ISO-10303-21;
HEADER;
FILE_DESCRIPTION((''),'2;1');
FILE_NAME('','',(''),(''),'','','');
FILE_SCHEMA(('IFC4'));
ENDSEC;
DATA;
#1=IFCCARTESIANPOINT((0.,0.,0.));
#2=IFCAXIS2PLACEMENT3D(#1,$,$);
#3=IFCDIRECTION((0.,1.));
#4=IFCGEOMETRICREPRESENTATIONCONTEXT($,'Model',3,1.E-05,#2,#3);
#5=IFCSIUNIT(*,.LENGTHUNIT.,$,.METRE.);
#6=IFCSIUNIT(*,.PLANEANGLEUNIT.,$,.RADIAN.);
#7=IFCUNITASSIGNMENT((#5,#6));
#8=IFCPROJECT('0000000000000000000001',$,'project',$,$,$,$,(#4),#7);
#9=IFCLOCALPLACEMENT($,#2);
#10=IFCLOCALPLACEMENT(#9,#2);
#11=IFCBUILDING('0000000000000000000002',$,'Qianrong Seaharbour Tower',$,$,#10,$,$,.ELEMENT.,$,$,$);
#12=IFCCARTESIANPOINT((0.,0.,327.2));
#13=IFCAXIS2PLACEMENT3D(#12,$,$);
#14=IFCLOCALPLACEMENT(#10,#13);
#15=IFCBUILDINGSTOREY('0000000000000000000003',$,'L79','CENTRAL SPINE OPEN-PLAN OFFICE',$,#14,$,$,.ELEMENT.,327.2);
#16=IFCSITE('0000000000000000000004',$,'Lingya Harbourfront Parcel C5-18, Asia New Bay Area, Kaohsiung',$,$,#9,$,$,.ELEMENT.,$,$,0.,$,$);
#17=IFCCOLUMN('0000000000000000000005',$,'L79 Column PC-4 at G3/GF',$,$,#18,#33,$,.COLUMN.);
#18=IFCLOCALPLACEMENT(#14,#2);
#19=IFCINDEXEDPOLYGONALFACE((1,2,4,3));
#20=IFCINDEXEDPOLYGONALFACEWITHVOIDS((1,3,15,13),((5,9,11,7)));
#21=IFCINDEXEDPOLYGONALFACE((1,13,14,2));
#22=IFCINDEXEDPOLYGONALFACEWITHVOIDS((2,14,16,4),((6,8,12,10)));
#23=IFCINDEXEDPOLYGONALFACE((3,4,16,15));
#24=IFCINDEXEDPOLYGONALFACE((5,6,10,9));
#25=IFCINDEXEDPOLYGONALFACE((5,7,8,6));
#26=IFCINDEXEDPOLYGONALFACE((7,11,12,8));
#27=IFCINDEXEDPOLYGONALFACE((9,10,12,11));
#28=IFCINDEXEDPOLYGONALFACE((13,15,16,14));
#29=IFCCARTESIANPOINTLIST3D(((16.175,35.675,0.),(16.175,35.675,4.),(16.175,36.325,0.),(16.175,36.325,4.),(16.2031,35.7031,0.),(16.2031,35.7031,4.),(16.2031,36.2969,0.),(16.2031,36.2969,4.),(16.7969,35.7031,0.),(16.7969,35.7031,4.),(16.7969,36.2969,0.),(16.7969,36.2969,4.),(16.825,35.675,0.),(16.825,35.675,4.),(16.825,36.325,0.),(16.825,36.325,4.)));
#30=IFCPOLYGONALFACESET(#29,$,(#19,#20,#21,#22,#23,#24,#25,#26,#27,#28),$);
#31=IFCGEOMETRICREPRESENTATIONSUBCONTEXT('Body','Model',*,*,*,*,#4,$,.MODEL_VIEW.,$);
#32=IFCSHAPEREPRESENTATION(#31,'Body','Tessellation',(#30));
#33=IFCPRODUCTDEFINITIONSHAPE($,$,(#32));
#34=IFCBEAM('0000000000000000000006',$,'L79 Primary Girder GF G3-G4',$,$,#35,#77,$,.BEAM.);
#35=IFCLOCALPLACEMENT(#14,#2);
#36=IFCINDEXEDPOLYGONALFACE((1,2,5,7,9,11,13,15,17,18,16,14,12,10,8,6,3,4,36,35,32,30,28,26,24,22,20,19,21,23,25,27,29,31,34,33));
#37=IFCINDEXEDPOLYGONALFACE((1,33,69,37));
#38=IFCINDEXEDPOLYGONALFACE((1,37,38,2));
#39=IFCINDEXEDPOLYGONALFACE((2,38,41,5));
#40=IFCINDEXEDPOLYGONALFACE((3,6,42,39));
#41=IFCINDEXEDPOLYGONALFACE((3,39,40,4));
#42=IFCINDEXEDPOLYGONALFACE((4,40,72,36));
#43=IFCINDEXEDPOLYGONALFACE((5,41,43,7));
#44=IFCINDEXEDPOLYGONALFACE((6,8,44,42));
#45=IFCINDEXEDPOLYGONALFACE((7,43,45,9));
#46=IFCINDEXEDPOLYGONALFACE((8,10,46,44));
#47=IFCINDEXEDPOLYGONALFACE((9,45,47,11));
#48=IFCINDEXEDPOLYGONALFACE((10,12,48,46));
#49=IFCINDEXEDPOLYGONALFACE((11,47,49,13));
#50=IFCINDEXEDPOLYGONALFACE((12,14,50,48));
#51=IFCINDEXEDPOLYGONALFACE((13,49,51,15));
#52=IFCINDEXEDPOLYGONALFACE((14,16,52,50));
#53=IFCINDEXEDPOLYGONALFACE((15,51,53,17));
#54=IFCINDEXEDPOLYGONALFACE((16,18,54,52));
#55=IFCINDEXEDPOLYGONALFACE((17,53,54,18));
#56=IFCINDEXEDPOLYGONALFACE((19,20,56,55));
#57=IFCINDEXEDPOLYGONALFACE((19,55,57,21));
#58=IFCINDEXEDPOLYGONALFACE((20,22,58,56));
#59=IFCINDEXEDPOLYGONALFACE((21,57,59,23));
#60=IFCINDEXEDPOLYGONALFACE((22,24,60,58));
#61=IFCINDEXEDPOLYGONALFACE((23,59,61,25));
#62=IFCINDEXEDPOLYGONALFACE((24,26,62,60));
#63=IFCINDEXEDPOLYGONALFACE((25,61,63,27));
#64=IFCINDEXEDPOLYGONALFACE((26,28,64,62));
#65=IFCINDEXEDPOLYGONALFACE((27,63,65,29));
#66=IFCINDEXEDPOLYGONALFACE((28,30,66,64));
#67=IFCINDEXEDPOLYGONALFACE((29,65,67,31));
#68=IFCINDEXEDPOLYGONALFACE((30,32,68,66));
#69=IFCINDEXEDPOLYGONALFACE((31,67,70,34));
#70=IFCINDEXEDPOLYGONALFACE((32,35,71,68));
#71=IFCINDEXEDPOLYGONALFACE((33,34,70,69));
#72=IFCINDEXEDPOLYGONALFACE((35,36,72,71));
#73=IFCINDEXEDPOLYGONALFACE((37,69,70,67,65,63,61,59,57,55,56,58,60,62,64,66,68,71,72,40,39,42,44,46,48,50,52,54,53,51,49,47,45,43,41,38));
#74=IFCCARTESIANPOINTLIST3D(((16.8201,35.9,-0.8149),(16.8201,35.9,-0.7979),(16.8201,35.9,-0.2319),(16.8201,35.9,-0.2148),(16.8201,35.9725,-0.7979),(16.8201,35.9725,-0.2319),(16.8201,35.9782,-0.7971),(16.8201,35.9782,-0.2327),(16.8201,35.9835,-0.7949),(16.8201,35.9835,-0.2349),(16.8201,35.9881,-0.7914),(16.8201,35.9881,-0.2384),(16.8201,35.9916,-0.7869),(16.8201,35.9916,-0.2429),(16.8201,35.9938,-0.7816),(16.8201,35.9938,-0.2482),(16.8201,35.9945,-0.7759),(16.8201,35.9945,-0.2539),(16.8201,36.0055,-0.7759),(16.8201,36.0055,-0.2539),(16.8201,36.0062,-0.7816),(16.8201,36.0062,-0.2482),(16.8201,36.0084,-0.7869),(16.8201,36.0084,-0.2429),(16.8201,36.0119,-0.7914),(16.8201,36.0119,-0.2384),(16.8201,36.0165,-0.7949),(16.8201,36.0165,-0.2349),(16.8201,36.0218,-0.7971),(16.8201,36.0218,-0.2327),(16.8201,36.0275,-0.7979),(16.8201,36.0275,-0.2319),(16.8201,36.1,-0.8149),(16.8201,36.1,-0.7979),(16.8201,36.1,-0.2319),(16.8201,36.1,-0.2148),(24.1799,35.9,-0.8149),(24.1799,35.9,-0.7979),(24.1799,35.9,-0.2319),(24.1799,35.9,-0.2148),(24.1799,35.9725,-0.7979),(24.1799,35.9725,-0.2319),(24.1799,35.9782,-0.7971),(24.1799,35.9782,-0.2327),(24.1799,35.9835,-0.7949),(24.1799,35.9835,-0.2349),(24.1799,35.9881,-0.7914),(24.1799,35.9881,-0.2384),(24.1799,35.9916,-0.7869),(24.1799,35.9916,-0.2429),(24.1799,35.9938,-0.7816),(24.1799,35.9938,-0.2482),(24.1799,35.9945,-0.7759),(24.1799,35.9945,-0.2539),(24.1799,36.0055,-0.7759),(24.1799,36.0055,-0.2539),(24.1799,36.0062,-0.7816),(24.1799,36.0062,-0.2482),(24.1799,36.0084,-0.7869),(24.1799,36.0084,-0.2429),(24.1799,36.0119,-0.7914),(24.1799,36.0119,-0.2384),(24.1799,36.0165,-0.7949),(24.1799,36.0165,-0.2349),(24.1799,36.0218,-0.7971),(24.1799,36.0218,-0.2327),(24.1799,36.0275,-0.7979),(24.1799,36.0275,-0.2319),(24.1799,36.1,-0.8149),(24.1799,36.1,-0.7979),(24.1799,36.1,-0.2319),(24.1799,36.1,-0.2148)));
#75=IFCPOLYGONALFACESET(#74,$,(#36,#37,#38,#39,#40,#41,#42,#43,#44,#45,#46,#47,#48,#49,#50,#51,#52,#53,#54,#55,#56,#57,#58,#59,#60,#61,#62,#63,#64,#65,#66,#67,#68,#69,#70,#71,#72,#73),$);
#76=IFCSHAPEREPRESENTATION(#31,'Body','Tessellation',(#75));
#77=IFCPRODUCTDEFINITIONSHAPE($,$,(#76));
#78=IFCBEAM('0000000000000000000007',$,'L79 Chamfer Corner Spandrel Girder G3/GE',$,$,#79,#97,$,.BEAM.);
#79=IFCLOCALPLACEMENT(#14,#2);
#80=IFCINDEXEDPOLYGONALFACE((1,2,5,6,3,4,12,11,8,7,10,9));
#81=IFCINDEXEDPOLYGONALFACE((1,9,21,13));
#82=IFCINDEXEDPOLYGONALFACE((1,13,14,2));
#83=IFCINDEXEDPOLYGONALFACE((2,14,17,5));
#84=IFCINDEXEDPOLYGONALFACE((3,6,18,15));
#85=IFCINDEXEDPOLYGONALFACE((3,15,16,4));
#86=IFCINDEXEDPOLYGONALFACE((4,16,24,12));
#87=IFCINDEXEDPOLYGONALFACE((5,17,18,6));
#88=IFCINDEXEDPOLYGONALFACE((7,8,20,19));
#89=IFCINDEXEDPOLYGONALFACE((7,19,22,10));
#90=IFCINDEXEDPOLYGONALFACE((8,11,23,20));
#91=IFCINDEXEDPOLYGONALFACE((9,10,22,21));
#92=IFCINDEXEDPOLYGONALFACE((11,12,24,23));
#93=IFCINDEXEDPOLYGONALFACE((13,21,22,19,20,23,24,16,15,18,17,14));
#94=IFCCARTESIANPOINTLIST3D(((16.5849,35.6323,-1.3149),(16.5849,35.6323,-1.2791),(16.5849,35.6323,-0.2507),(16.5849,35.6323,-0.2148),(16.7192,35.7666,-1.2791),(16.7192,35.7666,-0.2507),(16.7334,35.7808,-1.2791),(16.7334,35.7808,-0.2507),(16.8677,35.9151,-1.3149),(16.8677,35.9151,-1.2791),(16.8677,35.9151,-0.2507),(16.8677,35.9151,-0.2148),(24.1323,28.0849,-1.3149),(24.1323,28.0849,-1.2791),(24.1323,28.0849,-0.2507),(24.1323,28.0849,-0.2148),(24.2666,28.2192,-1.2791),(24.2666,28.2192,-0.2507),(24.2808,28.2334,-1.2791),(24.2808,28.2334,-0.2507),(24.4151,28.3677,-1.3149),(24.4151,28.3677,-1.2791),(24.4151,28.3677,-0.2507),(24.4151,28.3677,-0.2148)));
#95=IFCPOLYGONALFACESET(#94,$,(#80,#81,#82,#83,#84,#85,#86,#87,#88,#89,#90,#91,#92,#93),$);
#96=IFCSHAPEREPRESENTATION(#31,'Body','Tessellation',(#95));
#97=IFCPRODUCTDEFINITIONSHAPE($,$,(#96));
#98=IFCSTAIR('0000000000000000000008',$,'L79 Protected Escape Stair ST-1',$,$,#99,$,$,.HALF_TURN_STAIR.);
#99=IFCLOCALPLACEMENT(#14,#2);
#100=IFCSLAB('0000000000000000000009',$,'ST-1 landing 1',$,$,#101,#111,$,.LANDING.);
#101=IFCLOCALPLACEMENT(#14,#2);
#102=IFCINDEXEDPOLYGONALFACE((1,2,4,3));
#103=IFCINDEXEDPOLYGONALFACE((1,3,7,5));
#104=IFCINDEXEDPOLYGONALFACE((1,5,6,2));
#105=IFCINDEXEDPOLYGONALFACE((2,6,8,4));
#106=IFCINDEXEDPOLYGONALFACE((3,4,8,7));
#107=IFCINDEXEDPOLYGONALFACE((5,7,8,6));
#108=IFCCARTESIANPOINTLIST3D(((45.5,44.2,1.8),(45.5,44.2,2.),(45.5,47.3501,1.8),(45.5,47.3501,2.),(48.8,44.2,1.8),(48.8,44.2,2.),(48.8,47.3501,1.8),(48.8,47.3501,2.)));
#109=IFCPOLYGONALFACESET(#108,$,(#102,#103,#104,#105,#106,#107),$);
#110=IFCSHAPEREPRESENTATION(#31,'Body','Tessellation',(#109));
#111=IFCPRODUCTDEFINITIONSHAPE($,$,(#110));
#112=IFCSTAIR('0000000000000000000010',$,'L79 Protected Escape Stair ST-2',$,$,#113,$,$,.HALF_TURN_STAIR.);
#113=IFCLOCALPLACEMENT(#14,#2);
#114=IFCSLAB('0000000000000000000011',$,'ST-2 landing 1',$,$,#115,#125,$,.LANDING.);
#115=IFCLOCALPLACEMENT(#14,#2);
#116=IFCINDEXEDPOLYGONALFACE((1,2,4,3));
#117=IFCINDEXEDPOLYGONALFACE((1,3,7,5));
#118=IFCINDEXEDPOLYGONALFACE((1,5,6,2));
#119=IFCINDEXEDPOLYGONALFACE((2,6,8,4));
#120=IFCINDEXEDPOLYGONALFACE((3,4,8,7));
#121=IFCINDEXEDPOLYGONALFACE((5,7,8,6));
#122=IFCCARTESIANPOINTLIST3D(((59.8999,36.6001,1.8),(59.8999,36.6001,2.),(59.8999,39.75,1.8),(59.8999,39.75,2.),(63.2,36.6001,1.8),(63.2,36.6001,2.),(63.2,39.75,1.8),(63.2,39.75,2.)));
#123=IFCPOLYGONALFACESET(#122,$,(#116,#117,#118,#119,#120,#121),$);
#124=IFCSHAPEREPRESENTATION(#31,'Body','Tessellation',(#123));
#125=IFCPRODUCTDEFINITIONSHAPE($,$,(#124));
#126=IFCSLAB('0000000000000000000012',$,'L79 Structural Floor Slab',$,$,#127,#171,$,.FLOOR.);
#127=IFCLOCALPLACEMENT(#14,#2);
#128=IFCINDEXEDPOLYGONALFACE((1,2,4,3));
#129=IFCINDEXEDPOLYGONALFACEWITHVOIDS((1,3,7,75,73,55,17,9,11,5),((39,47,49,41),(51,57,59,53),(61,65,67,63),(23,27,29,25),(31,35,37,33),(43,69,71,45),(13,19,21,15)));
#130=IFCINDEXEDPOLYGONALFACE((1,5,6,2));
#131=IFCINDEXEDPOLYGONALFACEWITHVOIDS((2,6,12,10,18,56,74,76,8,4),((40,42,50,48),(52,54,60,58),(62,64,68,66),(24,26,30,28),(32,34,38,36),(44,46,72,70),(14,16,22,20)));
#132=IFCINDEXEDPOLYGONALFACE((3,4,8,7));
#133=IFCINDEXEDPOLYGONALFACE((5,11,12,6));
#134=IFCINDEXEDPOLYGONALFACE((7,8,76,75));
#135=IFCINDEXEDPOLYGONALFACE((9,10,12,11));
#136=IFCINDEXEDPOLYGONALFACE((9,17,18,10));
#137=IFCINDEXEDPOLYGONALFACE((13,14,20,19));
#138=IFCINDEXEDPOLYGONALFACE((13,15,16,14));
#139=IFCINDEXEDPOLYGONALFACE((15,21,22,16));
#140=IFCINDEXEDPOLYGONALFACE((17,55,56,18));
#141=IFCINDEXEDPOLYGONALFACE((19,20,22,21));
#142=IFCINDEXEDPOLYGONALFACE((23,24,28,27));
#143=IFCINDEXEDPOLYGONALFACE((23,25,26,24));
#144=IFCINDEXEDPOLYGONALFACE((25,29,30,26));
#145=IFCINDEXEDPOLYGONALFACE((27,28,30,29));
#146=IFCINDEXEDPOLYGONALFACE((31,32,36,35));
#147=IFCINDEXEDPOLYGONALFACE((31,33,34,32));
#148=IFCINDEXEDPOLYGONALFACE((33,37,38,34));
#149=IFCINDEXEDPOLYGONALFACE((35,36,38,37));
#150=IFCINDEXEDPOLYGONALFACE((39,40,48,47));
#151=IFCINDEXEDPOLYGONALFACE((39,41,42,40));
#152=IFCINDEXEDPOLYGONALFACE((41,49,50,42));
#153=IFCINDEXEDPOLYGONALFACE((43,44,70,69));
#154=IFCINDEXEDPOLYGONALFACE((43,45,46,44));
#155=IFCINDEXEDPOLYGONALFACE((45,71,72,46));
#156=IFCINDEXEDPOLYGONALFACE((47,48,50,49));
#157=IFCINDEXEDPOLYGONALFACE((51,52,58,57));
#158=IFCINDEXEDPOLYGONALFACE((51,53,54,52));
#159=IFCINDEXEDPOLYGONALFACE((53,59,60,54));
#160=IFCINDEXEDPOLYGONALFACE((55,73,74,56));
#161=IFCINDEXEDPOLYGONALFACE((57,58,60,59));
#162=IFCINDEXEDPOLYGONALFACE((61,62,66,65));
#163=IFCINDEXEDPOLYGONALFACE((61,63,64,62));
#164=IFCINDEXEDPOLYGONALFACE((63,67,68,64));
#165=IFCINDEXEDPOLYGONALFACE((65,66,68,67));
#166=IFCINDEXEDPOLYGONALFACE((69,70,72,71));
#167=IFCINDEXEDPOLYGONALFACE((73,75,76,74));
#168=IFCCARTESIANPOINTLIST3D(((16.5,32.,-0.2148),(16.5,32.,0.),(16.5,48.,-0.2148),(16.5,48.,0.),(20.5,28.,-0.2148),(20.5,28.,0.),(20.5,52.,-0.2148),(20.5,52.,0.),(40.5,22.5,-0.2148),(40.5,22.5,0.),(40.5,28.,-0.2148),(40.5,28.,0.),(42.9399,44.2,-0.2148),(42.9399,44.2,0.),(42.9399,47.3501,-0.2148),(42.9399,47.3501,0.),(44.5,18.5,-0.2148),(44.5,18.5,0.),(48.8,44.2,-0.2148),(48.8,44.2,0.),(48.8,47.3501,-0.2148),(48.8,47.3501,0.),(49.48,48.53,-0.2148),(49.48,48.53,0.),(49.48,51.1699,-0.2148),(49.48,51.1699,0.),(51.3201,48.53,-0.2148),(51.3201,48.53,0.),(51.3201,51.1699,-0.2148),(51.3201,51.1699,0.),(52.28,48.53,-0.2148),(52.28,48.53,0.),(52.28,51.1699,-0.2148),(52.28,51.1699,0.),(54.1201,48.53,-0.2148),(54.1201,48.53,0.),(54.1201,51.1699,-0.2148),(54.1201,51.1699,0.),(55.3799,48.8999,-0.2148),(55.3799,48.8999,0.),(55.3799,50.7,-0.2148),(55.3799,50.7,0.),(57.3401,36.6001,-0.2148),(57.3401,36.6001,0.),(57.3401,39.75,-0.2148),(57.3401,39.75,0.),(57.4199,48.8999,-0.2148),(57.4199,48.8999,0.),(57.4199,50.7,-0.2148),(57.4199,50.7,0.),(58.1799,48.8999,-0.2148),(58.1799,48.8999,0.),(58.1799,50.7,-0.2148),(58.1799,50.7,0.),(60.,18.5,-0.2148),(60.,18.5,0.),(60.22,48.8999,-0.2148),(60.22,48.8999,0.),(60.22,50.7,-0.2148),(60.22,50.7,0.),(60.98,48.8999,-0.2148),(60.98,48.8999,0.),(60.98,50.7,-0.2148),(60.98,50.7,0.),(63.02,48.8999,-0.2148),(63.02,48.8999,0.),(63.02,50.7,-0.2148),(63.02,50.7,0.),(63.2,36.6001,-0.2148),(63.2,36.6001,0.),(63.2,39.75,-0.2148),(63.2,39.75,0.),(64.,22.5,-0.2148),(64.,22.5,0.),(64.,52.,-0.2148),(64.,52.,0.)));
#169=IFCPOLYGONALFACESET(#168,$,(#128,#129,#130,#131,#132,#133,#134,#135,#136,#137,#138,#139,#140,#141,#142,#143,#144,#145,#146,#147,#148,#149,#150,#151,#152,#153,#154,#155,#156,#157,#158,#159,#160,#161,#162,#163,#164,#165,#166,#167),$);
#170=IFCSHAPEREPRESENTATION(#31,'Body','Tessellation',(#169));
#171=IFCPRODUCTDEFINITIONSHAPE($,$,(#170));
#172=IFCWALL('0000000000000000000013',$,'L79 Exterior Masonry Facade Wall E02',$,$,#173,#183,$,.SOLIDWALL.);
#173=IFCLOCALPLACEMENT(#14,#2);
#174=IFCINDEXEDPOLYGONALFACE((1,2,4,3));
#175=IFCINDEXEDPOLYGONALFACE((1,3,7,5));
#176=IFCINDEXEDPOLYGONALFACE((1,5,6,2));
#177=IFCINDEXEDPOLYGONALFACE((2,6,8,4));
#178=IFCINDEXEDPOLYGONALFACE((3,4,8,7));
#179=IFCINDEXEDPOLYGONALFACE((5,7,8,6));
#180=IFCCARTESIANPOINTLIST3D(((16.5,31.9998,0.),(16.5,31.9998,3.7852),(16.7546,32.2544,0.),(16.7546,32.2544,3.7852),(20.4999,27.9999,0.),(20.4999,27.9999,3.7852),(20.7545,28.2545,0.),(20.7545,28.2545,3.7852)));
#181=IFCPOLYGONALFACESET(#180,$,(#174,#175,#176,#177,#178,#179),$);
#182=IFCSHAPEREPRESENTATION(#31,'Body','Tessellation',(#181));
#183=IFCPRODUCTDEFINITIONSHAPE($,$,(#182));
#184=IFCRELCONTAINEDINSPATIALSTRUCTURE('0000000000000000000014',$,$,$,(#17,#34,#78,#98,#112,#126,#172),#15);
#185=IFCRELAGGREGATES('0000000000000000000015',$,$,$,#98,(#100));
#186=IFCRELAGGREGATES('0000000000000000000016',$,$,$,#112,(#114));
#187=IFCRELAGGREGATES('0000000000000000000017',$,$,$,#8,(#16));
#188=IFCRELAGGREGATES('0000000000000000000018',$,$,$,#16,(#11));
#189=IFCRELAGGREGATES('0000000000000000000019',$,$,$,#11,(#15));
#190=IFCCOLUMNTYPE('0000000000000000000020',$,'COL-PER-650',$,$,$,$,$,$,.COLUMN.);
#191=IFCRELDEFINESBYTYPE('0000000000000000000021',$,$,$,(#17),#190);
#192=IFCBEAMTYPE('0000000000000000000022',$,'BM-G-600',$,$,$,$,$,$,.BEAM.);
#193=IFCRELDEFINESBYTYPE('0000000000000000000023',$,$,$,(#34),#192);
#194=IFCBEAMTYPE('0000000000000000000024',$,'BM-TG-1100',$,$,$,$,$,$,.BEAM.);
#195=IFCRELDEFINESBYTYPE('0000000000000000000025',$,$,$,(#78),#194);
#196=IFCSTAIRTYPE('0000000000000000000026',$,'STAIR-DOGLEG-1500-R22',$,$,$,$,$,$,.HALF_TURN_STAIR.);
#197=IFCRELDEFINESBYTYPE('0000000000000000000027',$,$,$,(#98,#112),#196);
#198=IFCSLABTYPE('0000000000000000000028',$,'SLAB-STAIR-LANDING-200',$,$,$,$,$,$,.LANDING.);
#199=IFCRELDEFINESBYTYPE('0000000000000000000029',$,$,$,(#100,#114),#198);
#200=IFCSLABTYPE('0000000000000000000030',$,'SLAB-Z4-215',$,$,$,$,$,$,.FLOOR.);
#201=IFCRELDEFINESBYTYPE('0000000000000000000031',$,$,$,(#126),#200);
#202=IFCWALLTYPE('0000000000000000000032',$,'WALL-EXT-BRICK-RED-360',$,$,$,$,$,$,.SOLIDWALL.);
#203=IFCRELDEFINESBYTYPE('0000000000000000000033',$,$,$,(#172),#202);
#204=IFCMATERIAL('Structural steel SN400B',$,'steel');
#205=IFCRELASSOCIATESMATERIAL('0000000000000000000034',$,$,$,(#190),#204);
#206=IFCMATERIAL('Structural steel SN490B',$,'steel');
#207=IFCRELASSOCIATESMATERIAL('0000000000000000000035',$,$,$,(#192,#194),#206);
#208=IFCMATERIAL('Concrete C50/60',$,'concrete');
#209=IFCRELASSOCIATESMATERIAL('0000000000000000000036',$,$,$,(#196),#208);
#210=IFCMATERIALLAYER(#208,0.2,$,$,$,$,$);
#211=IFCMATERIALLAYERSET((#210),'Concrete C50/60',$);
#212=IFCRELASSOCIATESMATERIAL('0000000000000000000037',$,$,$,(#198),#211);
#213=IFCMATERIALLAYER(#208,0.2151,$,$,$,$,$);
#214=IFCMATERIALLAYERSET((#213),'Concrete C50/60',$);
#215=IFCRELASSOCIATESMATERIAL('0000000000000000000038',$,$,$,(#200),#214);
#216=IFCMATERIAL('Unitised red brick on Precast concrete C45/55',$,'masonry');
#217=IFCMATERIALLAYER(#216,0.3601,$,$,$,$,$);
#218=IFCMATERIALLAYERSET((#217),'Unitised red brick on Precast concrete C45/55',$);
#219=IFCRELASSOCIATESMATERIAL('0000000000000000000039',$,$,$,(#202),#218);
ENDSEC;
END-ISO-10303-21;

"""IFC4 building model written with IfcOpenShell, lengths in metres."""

from ifc_helpers import new_model, si_unit, direction, frame, frame_2d, origin, origin_2d, place, context, subcontext, project, spatial, polyline, rectangle, hollow_rectangle, i_section, outline, extrude, material, layer, layer_set, material_profile, profile_set, type_object, element, aggregate, save


model = new_model("IFC4")

# Units and contexts
model_context = context("Model", 3, precision=1e-05, world=origin(), true_north=direction((0.0, 1.0)))
body_context = subcontext(model_context, "Body", "Model", "MODEL_VIEW")
ifc_project = project(units=[si_unit("LENGTHUNIT", "METRE"), si_unit("PLANEANGLEUNIT", "RADIAN")], contexts=[model_context])

# Site, building, storey
site_placement = place(None, origin())
site = spatial("IfcSite", under=ifc_project, at=site_placement, Name="Lingya Harbourfront Parcel C5-18, Asia New Bay Area, Kaohsiung", CompositionType="ELEMENT", RefElevation=0.0)
building_placement = place(site_placement, origin())
building = spatial("IfcBuilding", under=site, at=building_placement, Name="Qianrong Seaharbour Tower", CompositionType="ELEMENT")
storey_placement = place(building_placement, frame((0.0, 0.0, 327.2)))
storey = spatial("IfcBuildingStorey", under=building, at=storey_placement, Name="L79", Description="CENTRAL SPINE OPEN-PLAN OFFICE", CompositionType="ELEMENT", Elevation=327.2)

# Column
ifc_material_1 = material(Name="Structural steel SN400B", Category="steel")
ifc_material_profile_1 = material_profile(ifc_material_1, hollow_rectangle(XDim=0.6499, YDim=0.6499, WallThickness=0.0281, at=origin_2d()), Name="BOX650x650x28")
ifc_profile_set_1 = profile_set([ifc_material_profile_1], Name="Structural steel SN400B")
column_type = type_object("IfcColumnType", Name="COL-PER-650", PredefinedType="COLUMN", material=ifc_profile_set_1)
column_placement = place(storey_placement, frame((16.5, 36.0, 0.0), z_axis=(0.0, 0.0, 1.0), x_axis=(1.0, 0.0, 0.0)))
element("IfcColumn", 1, at=column_placement, inside=storey, type_object=column_type, Name="L79 Column PC-4 at G3/GF", PredefinedType="COLUMN", context=body_context, shape_type="SweptSolid", body=[
    extrude(hollow_rectangle(XDim=0.6499, YDim=0.6499, WallThickness=0.0281, at=origin_2d()), origin(), (0.0, 0.0, 1.0), 4.0),
])

# Beams
ifc_material_2 = material(Name="Structural steel SN490B", Category="steel")
ifc_material_profile_2 = material_profile(ifc_material_2, i_section(OverallWidth=0.2, OverallDepth=0.6001, WebThickness=0.011, FlangeThickness=0.0171, FilletRadius=0.022, at=origin_2d()), Name="H600x200x11x17")
ifc_profile_set_2 = profile_set([ifc_material_profile_2], Name="Structural steel SN490B")
beam_type_1 = type_object("IfcBeamType", Name="BM-G-600", PredefinedType="BEAM", material=ifc_profile_set_2)
beam_1_placement = place(storey_placement, frame((16.8201, 36.0, -0.5149), z_axis=(1.0, 0.0, 0.0), x_axis=(0.0, 1.0, 0.0)))
element("IfcBeam", 2, at=beam_1_placement, inside=storey, type_object=beam_type_1, Name="L79 Primary Girder GF G3-G4", PredefinedType="BEAM", context=body_context, shape_type="SweptSolid", body=[
    extrude(i_section(OverallWidth=0.2, OverallDepth=0.6001, WebThickness=0.011, FlangeThickness=0.0171, FilletRadius=0.022, at=origin_2d()), origin(), (0.0, 0.0, 1.0), 7.3599),
])
ifc_material_profile_3 = material_profile(ifc_material_2, i_section(OverallWidth=0.3999, OverallDepth=1.1001, WebThickness=0.02, FlangeThickness=0.0359, at=origin_2d()), Name="BH1100x400x20x36")
ifc_profile_set_3 = profile_set([ifc_material_profile_3], Name="Structural steel SN490B")
beam_type_2 = type_object("IfcBeamType", Name="BM-TG-1100", PredefinedType="BEAM", material=ifc_profile_set_3)
beam_2_placement = place(storey_placement, frame((24.2737, 28.2263, -0.7649), z_axis=(-0.707107, 0.707107, 0.0), x_axis=(-0.707107, -0.707107, 0.0)))
element("IfcBeam", 3, at=beam_2_placement, inside=storey, type_object=beam_type_2, Name="L79 Chamfer Corner Spandrel Girder G3/GE", PredefinedType="BEAM", context=body_context, shape_type="SweptSolid", body=[
    extrude(i_section(OverallWidth=0.3999, OverallDepth=1.1001, WebThickness=0.02, FlangeThickness=0.0359, at=origin_2d()), origin(), (0.0, 0.0, 1.0), 10.6736),
])

# Stairs, slabs
ifc_material_3 = material(Name="Concrete C50/60", Category="concrete")
stair_type = type_object("IfcStairType", Name="STAIR-DOGLEG-1500-R22", PredefinedType="HALF_TURN_STAIR", material=ifc_material_3)
stair_1_placement = place(storey_placement, origin())
stair_1 = element("IfcStair", 4, at=stair_1_placement, inside=storey, type_object=stair_type, Name="L79 Protected Escape Stair ST-1", PredefinedType="HALF_TURN_STAIR")
ifc_layer_1 = layer(ifc_material_3, 0.2)
ifc_layer_set_1 = layer_set([ifc_layer_1], Name="Concrete C50/60")
slab_type_1 = type_object("IfcSlabType", Name="SLAB-STAIR-LANDING-200", PredefinedType="LANDING", material=ifc_layer_set_1)
slab_1_placement = place(storey_placement, frame((0.0, 0.0, 1.8)))
slab_1 = element("IfcSlab", 5, at=slab_1_placement, type_object=slab_type_1, Name="ST-1 landing 1", PredefinedType="LANDING", context=body_context, shape_type="SweptSolid", body=[
    extrude(outline(polyline([(45.5, 44.2), (48.8, 44.2), (48.8, 47.3501), (45.5, 47.3501), (45.5, 44.2)])), origin(), (0.0, 0.0, 1.0), 0.2),
])
aggregate(stair_1, [slab_1])
stair_2_placement = place(storey_placement, origin())
stair_2 = element("IfcStair", 6, at=stair_2_placement, inside=storey, type_object=stair_type, Name="L79 Protected Escape Stair ST-2", PredefinedType="HALF_TURN_STAIR")
slab_2_placement = place(storey_placement, frame((0.0, 0.0, 1.8)))
slab_2 = element("IfcSlab", 7, at=slab_2_placement, type_object=slab_type_1, Name="ST-2 landing 1", PredefinedType="LANDING", context=body_context, shape_type="SweptSolid", body=[
    extrude(outline(polyline([(59.8999, 36.6001), (63.2, 36.6001), (63.2, 39.75), (59.8999, 39.75), (59.8999, 36.6001)])), origin(), (0.0, 0.0, 1.0), 0.2),
])
aggregate(stair_2, [slab_2])

# Slab
ifc_layer_2 = layer(ifc_material_3, 0.2151)
ifc_layer_set_2 = layer_set([ifc_layer_2], Name="Concrete C50/60")
slab_type_2 = type_object("IfcSlabType", Name="SLAB-Z4-215", PredefinedType="FLOOR", material=ifc_layer_set_2)
slab_3_placement = place(storey_placement, frame((0.0, 0.0, -0.2148)))
element("IfcSlab", 8, at=slab_3_placement, inside=storey, type_object=slab_type_2, Name="L79 Structural Floor Slab", PredefinedType="FLOOR", context=body_context, shape_type="SweptSolid", body=[
    extrude(outline(polyline([(44.5, 18.5), (60.0, 18.5), (64.0, 22.5), (64.0, 52.0), (20.5, 52.0), (16.5, 48.0), (16.5, 32.0), (20.5, 28.0), (40.5, 28.0), (40.5, 22.5), (44.5, 18.5)]), holes=[polyline([(42.9399, 44.2), (42.9399, 47.3501), (48.8, 47.3501), (48.8, 44.2), (42.9399, 44.2)]), polyline([(57.3401, 36.6001), (57.3401, 39.75), (63.2, 39.75), (63.2, 36.6001), (57.3401, 36.6001)]), polyline([(49.48, 48.53), (49.48, 51.1699), (51.3201, 51.1699), (51.3201, 48.53), (49.48, 48.53)]), polyline([(52.28, 48.53), (52.28, 51.1699), (54.1201, 51.1699), (54.1201, 48.53), (52.28, 48.53)]), polyline([(55.3799, 48.8999), (55.3799, 50.7), (57.4199, 50.7), (57.4199, 48.8999), (55.3799, 48.8999)]), polyline([(58.1799, 48.8999), (58.1799, 50.7), (60.22, 50.7), (60.22, 48.8999), (58.1799, 48.8999)]), polyline([(60.98, 48.8999), (60.98, 50.7), (63.02, 50.7), (63.02, 48.8999), (60.98, 48.8999)])]), origin(), (0.0, 0.0, 1.0), 0.2148),
])

# Wall
ifc_material_4 = material(Name="Unitised red brick on Precast concrete C45/55", Category="masonry")
ifc_layer_3 = layer(ifc_material_4, 0.3601)
ifc_layer_set_3 = layer_set([ifc_layer_3], Name="Unitised red brick on Precast concrete C45/55")
wall_type_1 = type_object("IfcWallType", Name="WALL-EXT-BRICK-RED-360", PredefinedType="SOLIDWALL", material=ifc_layer_set_3)
wall_1_placement = place(storey_placement, frame((20.6272, 28.1272, 0.0), z_axis=(0.0, 0.0, 1.0), x_axis=(-0.707107, 0.707107, 0.0)))
element("IfcWall", 9, at=wall_1_placement, inside=storey, type_object=wall_type_1, Name="L79 Exterior Masonry Facade Wall E02", PredefinedType="SOLIDWALL", context=body_context, shape_type="SweptSolid", body=[
    extrude(rectangle(XDim=5.6567, YDim=0.3601, at=frame_2d((2.8284, 0.0))), origin(), (0.0, 0.0, 1.0), 3.7852),
])

save(model, "model.ifc")
